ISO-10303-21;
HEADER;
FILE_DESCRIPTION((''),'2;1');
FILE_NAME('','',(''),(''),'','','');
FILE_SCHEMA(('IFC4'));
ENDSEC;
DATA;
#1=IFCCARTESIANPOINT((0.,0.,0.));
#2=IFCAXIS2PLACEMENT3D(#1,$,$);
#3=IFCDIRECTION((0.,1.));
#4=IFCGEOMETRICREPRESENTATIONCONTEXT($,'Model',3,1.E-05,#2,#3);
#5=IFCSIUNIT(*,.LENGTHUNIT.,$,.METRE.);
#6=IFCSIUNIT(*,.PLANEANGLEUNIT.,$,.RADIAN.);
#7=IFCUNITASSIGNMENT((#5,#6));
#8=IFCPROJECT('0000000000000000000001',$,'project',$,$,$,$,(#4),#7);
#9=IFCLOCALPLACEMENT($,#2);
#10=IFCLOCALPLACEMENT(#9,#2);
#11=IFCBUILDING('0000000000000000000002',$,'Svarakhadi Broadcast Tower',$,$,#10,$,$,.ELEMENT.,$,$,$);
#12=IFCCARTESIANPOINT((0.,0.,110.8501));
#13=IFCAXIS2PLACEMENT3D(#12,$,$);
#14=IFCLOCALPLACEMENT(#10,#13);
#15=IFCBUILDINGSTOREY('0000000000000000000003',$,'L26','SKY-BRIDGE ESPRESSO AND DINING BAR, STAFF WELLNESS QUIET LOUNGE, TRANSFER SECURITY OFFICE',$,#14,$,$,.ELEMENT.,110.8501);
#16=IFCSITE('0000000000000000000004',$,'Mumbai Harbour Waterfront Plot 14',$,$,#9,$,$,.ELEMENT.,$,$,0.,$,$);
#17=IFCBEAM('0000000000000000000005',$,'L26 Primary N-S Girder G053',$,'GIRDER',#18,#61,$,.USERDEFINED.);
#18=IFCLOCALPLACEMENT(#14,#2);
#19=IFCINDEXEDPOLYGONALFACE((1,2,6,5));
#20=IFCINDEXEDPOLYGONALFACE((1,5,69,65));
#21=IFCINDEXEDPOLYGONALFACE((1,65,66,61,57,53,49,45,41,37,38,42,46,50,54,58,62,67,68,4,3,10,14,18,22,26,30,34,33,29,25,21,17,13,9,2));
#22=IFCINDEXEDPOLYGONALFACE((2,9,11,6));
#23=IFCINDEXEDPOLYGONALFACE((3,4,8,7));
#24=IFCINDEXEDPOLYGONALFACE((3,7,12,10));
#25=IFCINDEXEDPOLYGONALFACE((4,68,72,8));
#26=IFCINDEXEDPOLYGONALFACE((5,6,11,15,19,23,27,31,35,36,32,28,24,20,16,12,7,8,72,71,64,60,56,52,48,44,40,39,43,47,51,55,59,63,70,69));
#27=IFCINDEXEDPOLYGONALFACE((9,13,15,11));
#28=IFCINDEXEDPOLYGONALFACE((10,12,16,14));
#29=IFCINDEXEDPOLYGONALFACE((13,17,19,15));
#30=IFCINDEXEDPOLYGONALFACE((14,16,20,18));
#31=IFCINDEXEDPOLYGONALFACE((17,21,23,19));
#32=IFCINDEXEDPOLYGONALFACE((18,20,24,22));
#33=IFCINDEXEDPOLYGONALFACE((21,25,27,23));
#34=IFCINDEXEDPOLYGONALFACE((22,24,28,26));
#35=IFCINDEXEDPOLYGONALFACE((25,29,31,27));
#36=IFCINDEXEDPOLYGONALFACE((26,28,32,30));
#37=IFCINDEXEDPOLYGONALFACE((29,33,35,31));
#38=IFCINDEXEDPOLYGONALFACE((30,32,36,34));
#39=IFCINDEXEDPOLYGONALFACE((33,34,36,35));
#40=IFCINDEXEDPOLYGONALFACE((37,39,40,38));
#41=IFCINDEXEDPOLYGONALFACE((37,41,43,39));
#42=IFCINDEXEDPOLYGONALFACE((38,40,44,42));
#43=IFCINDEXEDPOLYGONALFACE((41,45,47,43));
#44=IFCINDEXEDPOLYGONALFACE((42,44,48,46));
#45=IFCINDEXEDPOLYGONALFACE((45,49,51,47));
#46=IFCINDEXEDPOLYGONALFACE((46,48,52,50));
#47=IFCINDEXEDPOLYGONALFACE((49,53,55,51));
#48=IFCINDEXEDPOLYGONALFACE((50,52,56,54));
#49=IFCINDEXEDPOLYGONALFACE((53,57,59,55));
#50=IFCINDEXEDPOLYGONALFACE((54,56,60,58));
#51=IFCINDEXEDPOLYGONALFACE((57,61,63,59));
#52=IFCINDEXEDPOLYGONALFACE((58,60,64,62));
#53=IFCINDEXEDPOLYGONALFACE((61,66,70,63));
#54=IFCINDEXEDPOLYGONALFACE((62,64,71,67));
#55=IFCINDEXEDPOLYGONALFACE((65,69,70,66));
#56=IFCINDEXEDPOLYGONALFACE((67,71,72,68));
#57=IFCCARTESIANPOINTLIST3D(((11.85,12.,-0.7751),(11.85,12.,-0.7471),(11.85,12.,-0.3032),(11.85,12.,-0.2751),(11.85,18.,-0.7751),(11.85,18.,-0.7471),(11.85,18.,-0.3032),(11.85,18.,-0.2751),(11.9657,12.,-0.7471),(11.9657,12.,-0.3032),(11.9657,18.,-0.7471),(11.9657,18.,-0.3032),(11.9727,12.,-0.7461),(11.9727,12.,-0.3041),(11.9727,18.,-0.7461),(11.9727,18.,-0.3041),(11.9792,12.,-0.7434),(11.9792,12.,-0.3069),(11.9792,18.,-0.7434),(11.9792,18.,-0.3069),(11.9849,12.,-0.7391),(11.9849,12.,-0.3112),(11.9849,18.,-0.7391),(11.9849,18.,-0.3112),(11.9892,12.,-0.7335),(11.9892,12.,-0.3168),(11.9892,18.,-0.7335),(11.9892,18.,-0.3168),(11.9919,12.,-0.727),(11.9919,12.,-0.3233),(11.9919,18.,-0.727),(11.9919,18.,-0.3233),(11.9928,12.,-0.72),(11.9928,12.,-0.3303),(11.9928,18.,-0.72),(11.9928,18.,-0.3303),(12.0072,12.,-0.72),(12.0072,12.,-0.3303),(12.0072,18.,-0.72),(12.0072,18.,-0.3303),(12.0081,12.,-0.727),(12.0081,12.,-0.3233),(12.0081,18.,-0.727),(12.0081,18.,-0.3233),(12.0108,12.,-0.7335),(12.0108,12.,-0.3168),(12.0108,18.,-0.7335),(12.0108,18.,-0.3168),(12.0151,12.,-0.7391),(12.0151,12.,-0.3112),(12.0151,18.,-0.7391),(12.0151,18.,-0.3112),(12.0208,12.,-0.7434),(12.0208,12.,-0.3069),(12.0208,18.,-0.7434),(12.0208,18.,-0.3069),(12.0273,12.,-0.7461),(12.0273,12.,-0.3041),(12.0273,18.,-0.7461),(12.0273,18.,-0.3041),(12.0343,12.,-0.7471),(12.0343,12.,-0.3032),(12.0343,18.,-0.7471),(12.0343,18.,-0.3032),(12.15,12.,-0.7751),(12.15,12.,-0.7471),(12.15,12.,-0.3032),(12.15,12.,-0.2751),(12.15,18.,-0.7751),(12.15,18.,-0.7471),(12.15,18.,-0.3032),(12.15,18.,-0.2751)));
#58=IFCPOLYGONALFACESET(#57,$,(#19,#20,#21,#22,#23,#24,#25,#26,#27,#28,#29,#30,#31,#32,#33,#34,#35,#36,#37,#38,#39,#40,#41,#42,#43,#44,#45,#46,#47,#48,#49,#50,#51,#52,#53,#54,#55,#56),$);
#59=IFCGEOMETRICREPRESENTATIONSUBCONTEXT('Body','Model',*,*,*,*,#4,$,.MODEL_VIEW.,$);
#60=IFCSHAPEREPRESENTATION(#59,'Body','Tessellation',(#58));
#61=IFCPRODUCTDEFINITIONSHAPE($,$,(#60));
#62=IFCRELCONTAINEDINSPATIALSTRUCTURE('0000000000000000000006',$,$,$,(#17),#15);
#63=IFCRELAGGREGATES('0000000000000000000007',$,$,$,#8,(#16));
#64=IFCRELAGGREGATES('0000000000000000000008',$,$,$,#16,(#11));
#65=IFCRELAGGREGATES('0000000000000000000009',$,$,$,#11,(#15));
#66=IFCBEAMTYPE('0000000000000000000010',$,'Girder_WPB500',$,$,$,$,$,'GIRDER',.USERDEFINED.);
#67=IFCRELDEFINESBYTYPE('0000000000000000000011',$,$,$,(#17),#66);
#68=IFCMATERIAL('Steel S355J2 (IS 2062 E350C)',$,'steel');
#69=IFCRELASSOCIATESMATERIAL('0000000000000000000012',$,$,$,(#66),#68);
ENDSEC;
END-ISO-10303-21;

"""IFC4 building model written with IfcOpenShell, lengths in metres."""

from ifc_helpers import new_model, si_unit, direction, frame, origin, origin_2d, place, context, subcontext, project, spatial, i_section, extrude, material, material_profile, profile_set, type_object, element, save


model = new_model("IFC4")

# Units and contexts
model_context = context("Model", 3, precision=1e-05, world=origin(), true_north=direction((0.0, 1.0)))
body_context = subcontext(model_context, "Body", "Model", "MODEL_VIEW")
ifc_project = project(units=[si_unit("LENGTHUNIT", "METRE"), si_unit("PLANEANGLEUNIT", "RADIAN")], contexts=[model_context])

# Site, building, storey
site_placement = place(None, origin())
site = spatial("IfcSite", under=ifc_project, at=site_placement, Name="Mumbai Harbour Waterfront Plot 14", CompositionType="ELEMENT", RefElevation=0.0)
building_placement = place(site_placement, origin())
building = spatial("IfcBuilding", under=site, at=building_placement, Name="Svarakhadi Broadcast Tower", CompositionType="ELEMENT")
storey_placement = place(building_placement, frame((0.0, 0.0, 110.8501)))
storey = spatial("IfcBuildingStorey", under=building, at=storey_placement, Name="L26", Description="SKY-BRIDGE ESPRESSO AND DINING BAR, STAFF WELLNESS QUIET LOUNGE, TRANSFER SECURITY OFFICE", CompositionType="ELEMENT", Elevation=110.8501)

# Beam
ifc_material_1 = material(Name="Steel S355J2 (IS 2062 E350C)", Category="steel")
ifc_material_profile_1 = material_profile(ifc_material_1, i_section(OverallWidth=0.3, OverallDepth=0.5, WebThickness=0.0144, FlangeThickness=0.0281, FilletRadius=0.0271, at=origin_2d()), Name="WPB 500x300x187")
ifc_profile_set_1 = profile_set([ifc_material_profile_1], Name="Steel S355J2 (IS 2062 E350C)")
beam_type_1 = type_object("IfcBeamType", Name="Girder_WPB500", ElementType="GIRDER", PredefinedType="USERDEFINED", material=ifc_profile_set_1)
for number, where, z_axis, x_axis, name in (
    (1, (12.0, 12.0, -0.5251), (0.0, 1.0, 0.0), (-1.0, 0.0, 0.0), "L26 Primary N-S Girder G053"),
):
    element("IfcBeam", number, at=place(storey_placement, frame(where, z_axis=z_axis, x_axis=x_axis)), inside=storey, type_object=beam_type_1, Name=name, ObjectType="GIRDER", PredefinedType="USERDEFINED", context=body_context, shape_type="SweptSolid", body=[
        extrude(i_section(OverallWidth=0.3, OverallDepth=0.5, WebThickness=0.0144, FlangeThickness=0.0281, FilletRadius=0.0271, at=origin_2d()), origin(), (0.0, 0.0, 1.0), 6.0),
    ])

save(model, "model.ifc")
